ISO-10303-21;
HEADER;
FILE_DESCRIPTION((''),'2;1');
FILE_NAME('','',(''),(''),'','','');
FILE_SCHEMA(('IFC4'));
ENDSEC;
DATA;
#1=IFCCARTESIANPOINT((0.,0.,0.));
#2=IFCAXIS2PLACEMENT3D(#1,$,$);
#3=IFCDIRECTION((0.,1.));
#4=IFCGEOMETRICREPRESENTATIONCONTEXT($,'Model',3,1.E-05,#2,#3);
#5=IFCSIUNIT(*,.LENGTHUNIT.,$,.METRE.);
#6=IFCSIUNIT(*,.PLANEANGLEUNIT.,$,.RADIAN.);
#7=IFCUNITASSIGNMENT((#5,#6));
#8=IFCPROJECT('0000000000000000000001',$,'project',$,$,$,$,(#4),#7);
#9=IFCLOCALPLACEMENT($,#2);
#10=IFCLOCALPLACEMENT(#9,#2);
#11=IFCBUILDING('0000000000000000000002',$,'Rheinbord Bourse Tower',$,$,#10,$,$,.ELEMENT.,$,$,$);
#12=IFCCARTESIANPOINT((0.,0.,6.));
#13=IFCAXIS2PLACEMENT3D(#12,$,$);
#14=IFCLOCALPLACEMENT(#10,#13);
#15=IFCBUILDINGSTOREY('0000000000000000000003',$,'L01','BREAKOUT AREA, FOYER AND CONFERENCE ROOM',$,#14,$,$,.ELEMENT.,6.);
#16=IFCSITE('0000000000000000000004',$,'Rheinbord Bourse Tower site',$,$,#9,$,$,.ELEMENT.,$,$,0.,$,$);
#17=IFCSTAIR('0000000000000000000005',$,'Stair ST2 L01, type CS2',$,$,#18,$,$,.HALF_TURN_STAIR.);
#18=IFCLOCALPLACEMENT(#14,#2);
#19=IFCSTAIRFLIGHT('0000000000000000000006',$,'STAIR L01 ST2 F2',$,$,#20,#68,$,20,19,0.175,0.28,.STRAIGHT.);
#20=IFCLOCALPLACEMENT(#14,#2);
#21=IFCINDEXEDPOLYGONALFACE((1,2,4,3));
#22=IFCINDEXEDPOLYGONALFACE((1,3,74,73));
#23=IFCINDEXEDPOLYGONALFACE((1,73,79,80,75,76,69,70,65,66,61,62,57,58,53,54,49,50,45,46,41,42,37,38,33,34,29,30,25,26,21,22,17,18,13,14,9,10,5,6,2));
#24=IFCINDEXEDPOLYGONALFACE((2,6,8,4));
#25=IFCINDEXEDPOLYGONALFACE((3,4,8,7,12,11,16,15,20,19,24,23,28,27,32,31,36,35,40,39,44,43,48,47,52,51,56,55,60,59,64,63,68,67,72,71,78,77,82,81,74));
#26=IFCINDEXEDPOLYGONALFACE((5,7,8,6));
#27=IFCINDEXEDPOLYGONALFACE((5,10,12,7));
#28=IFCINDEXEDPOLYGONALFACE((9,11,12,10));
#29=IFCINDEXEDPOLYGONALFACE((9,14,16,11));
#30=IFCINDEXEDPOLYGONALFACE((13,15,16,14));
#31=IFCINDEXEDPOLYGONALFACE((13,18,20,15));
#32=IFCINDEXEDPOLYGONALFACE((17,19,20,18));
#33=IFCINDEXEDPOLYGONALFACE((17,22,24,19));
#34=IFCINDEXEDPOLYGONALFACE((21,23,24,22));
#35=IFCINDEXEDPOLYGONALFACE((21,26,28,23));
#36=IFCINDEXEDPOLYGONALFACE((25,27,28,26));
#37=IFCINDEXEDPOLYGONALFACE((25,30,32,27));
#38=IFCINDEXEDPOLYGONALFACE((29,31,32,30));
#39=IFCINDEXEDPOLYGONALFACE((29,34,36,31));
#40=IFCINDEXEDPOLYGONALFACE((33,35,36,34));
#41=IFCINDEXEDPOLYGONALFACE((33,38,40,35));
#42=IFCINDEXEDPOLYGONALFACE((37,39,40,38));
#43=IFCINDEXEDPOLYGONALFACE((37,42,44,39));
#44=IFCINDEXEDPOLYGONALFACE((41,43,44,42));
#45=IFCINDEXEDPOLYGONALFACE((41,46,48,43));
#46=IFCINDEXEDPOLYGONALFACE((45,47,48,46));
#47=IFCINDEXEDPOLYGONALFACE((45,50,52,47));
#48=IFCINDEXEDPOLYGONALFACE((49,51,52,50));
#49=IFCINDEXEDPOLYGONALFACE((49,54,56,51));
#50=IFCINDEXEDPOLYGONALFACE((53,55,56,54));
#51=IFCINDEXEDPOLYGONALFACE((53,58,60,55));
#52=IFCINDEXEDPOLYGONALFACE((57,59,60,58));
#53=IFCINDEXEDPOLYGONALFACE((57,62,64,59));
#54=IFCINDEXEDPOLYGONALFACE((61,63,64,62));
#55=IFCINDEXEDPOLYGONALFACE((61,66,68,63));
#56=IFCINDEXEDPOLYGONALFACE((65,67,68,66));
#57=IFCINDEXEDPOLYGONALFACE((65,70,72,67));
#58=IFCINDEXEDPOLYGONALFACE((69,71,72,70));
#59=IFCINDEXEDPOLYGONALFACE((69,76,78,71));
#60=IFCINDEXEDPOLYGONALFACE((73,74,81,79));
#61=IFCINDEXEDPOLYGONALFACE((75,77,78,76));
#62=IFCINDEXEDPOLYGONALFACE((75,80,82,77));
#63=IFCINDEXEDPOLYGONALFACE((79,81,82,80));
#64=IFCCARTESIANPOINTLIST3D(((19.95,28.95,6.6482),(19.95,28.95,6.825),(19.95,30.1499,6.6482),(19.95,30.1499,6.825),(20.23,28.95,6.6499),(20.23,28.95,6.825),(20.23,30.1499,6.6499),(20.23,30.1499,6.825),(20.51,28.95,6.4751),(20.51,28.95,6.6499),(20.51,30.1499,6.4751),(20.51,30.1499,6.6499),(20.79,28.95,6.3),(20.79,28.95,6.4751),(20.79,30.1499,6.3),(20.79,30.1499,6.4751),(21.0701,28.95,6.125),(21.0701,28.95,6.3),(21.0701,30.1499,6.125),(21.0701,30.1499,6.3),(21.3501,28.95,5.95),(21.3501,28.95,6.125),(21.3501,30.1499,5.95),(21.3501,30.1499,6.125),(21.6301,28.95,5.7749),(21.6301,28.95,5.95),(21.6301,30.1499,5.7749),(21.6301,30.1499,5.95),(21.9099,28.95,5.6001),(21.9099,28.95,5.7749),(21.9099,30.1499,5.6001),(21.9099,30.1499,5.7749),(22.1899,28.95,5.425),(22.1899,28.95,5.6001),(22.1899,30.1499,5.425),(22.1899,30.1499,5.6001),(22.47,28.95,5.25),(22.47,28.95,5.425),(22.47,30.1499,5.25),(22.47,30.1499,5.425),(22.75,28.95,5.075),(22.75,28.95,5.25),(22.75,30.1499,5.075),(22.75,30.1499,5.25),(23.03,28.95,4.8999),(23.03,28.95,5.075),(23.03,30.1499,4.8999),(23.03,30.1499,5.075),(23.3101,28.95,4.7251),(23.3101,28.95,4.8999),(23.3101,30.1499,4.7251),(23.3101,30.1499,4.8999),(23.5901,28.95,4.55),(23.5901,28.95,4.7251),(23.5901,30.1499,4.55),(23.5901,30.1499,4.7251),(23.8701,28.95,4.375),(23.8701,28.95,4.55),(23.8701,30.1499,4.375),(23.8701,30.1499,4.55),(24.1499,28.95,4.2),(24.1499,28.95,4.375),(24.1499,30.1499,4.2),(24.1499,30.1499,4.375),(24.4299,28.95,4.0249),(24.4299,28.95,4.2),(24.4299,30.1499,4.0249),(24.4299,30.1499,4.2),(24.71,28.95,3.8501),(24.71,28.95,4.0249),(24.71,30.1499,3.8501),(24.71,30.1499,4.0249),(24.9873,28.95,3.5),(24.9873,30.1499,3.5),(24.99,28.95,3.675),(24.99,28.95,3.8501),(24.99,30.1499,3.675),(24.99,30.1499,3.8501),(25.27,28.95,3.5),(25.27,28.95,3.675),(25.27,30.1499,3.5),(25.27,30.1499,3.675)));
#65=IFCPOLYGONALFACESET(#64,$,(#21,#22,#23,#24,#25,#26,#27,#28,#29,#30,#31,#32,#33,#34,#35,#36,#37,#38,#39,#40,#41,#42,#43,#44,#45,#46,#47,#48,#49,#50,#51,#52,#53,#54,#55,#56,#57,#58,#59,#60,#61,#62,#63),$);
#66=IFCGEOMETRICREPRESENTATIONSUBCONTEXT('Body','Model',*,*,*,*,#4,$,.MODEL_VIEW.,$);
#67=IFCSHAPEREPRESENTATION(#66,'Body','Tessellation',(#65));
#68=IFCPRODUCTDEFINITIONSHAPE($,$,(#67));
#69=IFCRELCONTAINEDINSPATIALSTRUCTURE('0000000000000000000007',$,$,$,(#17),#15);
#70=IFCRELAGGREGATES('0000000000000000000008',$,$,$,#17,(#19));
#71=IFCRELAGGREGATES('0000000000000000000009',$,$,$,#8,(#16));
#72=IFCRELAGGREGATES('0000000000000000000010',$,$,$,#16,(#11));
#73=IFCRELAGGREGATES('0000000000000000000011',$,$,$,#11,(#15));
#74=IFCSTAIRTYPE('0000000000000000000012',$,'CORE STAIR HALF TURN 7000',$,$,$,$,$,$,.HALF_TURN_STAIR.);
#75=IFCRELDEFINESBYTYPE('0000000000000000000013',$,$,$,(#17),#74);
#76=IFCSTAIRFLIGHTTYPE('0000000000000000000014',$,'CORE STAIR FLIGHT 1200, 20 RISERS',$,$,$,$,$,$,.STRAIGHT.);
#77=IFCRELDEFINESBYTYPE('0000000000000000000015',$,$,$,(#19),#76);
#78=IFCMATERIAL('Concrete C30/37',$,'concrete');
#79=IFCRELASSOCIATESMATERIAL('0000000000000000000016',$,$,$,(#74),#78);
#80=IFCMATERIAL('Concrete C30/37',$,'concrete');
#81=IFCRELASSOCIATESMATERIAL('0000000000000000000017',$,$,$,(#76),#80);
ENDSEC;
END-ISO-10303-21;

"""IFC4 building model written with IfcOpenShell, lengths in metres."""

from ifc_helpers import new_model, si_unit, direction, frame, origin, place, context, subcontext, project, spatial, polyline, outline, extrude, material, type_object, element, aggregate, save


model = new_model("IFC4")

# Units and contexts
model_context = context("Model", 3, precision=1e-05, world=origin(), true_north=direction((0.0, 1.0)))
body_context = subcontext(model_context, "Body", "Model", "MODEL_VIEW")
ifc_project = project(units=[si_unit("LENGTHUNIT", "METRE"), si_unit("PLANEANGLEUNIT", "RADIAN")], contexts=[model_context])

# Site, building, storey
site_placement = place(None, origin())
site = spatial("IfcSite", under=ifc_project, at=site_placement, Name="Rheinbord Bourse Tower site", CompositionType="ELEMENT", RefElevation=0.0)
building_placement = place(site_placement, origin())
building = spatial("IfcBuilding", under=site, at=building_placement, Name="Rheinbord Bourse Tower", CompositionType="ELEMENT")
storey_placement = place(building_placement, frame((0.0, 0.0, 6.0)))
storey = spatial("IfcBuildingStorey", under=building, at=storey_placement, Name="L01", Description="BREAKOUT AREA, FOYER AND CONFERENCE ROOM", CompositionType="ELEMENT", Elevation=6.0)

# Stair, stair flight
ifc_material_1 = material(Name="Concrete C30/37", Category="concrete")
stair_type = type_object("IfcStairType", Name="CORE STAIR HALF TURN 7000", PredefinedType="HALF_TURN_STAIR", material=ifc_material_1)
stair_placement = place(storey_placement, origin())
stair = element("IfcStair", 1, at=stair_placement, inside=storey, type_object=stair_type, Name="Stair ST2 L01, type CS2", PredefinedType="HALF_TURN_STAIR")
ifc_material_2 = material(Name="Concrete C30/37", Category="concrete")
stair_flight_type = type_object("IfcStairFlightType", Name="CORE STAIR FLIGHT 1200, 20 RISERS", PredefinedType="STRAIGHT", material=ifc_material_2)
stair_flight_1_placement = place(storey_placement, frame((25.27, 29.55, 3.5), z_axis=(0.0, 0.0, 1.0), x_axis=(-1.0, 0.0, 0.0)))
stair_flight_1 = element("IfcStairFlight", 2, at=stair_flight_1_placement, type_object=stair_flight_type, Name="STAIR L01 ST2 F2", NumberOfRisers=20, NumberOfTreads=19, PredefinedType="STRAIGHT", RiserHeight=0.175, TreadLength=0.28, context=body_context, shape_type="SweptSolid", body=[
    extrude(outline(polyline([(0.0, 0.0), (0.0, 0.175), (0.28, 0.175), (0.28, 0.3501), (0.5601, 0.3501), (0.5601, 0.5249), (0.8401, 0.5249), (0.8401, 0.7), (1.1201, 0.7), (1.1201, 0.875), (1.3999, 0.875), (1.3999, 1.05), (1.6799, 1.05), (1.6799, 1.2251), (1.96, 1.2251), (1.96, 1.3999), (2.24, 1.3999), (2.24, 1.575), (2.52, 1.575), (2.52, 1.75), (2.8, 1.75), (2.8, 1.925), (3.0801, 1.925), (3.0801, 2.1001), (3.3601, 2.1001), (3.3601, 2.2749), (3.6399, 2.2749), (3.6399, 2.45), (3.9199, 2.45), (3.9199, 2.625), (4.2, 2.625), (4.2, 2.8), (4.48, 2.8), (4.48, 2.9751), (4.76, 2.9751), (4.76, 3.1499), (5.04, 3.1499), (5.04, 3.325), (5.3201, 3.325), (5.3201, 3.5), (5.3201, 3.1482), (0.2827, 0.0), (0.0, 0.0)])), frame((0.0, 0.6001, 0.0), z_axis=(0.0, -1.0, 0.0), x_axis=(1.0, 0.0, 0.0)), (0.0, 0.0, 1.0), 1.2),
])
aggregate(stair, [stair_flight_1])

save(model, "model.ifc")
